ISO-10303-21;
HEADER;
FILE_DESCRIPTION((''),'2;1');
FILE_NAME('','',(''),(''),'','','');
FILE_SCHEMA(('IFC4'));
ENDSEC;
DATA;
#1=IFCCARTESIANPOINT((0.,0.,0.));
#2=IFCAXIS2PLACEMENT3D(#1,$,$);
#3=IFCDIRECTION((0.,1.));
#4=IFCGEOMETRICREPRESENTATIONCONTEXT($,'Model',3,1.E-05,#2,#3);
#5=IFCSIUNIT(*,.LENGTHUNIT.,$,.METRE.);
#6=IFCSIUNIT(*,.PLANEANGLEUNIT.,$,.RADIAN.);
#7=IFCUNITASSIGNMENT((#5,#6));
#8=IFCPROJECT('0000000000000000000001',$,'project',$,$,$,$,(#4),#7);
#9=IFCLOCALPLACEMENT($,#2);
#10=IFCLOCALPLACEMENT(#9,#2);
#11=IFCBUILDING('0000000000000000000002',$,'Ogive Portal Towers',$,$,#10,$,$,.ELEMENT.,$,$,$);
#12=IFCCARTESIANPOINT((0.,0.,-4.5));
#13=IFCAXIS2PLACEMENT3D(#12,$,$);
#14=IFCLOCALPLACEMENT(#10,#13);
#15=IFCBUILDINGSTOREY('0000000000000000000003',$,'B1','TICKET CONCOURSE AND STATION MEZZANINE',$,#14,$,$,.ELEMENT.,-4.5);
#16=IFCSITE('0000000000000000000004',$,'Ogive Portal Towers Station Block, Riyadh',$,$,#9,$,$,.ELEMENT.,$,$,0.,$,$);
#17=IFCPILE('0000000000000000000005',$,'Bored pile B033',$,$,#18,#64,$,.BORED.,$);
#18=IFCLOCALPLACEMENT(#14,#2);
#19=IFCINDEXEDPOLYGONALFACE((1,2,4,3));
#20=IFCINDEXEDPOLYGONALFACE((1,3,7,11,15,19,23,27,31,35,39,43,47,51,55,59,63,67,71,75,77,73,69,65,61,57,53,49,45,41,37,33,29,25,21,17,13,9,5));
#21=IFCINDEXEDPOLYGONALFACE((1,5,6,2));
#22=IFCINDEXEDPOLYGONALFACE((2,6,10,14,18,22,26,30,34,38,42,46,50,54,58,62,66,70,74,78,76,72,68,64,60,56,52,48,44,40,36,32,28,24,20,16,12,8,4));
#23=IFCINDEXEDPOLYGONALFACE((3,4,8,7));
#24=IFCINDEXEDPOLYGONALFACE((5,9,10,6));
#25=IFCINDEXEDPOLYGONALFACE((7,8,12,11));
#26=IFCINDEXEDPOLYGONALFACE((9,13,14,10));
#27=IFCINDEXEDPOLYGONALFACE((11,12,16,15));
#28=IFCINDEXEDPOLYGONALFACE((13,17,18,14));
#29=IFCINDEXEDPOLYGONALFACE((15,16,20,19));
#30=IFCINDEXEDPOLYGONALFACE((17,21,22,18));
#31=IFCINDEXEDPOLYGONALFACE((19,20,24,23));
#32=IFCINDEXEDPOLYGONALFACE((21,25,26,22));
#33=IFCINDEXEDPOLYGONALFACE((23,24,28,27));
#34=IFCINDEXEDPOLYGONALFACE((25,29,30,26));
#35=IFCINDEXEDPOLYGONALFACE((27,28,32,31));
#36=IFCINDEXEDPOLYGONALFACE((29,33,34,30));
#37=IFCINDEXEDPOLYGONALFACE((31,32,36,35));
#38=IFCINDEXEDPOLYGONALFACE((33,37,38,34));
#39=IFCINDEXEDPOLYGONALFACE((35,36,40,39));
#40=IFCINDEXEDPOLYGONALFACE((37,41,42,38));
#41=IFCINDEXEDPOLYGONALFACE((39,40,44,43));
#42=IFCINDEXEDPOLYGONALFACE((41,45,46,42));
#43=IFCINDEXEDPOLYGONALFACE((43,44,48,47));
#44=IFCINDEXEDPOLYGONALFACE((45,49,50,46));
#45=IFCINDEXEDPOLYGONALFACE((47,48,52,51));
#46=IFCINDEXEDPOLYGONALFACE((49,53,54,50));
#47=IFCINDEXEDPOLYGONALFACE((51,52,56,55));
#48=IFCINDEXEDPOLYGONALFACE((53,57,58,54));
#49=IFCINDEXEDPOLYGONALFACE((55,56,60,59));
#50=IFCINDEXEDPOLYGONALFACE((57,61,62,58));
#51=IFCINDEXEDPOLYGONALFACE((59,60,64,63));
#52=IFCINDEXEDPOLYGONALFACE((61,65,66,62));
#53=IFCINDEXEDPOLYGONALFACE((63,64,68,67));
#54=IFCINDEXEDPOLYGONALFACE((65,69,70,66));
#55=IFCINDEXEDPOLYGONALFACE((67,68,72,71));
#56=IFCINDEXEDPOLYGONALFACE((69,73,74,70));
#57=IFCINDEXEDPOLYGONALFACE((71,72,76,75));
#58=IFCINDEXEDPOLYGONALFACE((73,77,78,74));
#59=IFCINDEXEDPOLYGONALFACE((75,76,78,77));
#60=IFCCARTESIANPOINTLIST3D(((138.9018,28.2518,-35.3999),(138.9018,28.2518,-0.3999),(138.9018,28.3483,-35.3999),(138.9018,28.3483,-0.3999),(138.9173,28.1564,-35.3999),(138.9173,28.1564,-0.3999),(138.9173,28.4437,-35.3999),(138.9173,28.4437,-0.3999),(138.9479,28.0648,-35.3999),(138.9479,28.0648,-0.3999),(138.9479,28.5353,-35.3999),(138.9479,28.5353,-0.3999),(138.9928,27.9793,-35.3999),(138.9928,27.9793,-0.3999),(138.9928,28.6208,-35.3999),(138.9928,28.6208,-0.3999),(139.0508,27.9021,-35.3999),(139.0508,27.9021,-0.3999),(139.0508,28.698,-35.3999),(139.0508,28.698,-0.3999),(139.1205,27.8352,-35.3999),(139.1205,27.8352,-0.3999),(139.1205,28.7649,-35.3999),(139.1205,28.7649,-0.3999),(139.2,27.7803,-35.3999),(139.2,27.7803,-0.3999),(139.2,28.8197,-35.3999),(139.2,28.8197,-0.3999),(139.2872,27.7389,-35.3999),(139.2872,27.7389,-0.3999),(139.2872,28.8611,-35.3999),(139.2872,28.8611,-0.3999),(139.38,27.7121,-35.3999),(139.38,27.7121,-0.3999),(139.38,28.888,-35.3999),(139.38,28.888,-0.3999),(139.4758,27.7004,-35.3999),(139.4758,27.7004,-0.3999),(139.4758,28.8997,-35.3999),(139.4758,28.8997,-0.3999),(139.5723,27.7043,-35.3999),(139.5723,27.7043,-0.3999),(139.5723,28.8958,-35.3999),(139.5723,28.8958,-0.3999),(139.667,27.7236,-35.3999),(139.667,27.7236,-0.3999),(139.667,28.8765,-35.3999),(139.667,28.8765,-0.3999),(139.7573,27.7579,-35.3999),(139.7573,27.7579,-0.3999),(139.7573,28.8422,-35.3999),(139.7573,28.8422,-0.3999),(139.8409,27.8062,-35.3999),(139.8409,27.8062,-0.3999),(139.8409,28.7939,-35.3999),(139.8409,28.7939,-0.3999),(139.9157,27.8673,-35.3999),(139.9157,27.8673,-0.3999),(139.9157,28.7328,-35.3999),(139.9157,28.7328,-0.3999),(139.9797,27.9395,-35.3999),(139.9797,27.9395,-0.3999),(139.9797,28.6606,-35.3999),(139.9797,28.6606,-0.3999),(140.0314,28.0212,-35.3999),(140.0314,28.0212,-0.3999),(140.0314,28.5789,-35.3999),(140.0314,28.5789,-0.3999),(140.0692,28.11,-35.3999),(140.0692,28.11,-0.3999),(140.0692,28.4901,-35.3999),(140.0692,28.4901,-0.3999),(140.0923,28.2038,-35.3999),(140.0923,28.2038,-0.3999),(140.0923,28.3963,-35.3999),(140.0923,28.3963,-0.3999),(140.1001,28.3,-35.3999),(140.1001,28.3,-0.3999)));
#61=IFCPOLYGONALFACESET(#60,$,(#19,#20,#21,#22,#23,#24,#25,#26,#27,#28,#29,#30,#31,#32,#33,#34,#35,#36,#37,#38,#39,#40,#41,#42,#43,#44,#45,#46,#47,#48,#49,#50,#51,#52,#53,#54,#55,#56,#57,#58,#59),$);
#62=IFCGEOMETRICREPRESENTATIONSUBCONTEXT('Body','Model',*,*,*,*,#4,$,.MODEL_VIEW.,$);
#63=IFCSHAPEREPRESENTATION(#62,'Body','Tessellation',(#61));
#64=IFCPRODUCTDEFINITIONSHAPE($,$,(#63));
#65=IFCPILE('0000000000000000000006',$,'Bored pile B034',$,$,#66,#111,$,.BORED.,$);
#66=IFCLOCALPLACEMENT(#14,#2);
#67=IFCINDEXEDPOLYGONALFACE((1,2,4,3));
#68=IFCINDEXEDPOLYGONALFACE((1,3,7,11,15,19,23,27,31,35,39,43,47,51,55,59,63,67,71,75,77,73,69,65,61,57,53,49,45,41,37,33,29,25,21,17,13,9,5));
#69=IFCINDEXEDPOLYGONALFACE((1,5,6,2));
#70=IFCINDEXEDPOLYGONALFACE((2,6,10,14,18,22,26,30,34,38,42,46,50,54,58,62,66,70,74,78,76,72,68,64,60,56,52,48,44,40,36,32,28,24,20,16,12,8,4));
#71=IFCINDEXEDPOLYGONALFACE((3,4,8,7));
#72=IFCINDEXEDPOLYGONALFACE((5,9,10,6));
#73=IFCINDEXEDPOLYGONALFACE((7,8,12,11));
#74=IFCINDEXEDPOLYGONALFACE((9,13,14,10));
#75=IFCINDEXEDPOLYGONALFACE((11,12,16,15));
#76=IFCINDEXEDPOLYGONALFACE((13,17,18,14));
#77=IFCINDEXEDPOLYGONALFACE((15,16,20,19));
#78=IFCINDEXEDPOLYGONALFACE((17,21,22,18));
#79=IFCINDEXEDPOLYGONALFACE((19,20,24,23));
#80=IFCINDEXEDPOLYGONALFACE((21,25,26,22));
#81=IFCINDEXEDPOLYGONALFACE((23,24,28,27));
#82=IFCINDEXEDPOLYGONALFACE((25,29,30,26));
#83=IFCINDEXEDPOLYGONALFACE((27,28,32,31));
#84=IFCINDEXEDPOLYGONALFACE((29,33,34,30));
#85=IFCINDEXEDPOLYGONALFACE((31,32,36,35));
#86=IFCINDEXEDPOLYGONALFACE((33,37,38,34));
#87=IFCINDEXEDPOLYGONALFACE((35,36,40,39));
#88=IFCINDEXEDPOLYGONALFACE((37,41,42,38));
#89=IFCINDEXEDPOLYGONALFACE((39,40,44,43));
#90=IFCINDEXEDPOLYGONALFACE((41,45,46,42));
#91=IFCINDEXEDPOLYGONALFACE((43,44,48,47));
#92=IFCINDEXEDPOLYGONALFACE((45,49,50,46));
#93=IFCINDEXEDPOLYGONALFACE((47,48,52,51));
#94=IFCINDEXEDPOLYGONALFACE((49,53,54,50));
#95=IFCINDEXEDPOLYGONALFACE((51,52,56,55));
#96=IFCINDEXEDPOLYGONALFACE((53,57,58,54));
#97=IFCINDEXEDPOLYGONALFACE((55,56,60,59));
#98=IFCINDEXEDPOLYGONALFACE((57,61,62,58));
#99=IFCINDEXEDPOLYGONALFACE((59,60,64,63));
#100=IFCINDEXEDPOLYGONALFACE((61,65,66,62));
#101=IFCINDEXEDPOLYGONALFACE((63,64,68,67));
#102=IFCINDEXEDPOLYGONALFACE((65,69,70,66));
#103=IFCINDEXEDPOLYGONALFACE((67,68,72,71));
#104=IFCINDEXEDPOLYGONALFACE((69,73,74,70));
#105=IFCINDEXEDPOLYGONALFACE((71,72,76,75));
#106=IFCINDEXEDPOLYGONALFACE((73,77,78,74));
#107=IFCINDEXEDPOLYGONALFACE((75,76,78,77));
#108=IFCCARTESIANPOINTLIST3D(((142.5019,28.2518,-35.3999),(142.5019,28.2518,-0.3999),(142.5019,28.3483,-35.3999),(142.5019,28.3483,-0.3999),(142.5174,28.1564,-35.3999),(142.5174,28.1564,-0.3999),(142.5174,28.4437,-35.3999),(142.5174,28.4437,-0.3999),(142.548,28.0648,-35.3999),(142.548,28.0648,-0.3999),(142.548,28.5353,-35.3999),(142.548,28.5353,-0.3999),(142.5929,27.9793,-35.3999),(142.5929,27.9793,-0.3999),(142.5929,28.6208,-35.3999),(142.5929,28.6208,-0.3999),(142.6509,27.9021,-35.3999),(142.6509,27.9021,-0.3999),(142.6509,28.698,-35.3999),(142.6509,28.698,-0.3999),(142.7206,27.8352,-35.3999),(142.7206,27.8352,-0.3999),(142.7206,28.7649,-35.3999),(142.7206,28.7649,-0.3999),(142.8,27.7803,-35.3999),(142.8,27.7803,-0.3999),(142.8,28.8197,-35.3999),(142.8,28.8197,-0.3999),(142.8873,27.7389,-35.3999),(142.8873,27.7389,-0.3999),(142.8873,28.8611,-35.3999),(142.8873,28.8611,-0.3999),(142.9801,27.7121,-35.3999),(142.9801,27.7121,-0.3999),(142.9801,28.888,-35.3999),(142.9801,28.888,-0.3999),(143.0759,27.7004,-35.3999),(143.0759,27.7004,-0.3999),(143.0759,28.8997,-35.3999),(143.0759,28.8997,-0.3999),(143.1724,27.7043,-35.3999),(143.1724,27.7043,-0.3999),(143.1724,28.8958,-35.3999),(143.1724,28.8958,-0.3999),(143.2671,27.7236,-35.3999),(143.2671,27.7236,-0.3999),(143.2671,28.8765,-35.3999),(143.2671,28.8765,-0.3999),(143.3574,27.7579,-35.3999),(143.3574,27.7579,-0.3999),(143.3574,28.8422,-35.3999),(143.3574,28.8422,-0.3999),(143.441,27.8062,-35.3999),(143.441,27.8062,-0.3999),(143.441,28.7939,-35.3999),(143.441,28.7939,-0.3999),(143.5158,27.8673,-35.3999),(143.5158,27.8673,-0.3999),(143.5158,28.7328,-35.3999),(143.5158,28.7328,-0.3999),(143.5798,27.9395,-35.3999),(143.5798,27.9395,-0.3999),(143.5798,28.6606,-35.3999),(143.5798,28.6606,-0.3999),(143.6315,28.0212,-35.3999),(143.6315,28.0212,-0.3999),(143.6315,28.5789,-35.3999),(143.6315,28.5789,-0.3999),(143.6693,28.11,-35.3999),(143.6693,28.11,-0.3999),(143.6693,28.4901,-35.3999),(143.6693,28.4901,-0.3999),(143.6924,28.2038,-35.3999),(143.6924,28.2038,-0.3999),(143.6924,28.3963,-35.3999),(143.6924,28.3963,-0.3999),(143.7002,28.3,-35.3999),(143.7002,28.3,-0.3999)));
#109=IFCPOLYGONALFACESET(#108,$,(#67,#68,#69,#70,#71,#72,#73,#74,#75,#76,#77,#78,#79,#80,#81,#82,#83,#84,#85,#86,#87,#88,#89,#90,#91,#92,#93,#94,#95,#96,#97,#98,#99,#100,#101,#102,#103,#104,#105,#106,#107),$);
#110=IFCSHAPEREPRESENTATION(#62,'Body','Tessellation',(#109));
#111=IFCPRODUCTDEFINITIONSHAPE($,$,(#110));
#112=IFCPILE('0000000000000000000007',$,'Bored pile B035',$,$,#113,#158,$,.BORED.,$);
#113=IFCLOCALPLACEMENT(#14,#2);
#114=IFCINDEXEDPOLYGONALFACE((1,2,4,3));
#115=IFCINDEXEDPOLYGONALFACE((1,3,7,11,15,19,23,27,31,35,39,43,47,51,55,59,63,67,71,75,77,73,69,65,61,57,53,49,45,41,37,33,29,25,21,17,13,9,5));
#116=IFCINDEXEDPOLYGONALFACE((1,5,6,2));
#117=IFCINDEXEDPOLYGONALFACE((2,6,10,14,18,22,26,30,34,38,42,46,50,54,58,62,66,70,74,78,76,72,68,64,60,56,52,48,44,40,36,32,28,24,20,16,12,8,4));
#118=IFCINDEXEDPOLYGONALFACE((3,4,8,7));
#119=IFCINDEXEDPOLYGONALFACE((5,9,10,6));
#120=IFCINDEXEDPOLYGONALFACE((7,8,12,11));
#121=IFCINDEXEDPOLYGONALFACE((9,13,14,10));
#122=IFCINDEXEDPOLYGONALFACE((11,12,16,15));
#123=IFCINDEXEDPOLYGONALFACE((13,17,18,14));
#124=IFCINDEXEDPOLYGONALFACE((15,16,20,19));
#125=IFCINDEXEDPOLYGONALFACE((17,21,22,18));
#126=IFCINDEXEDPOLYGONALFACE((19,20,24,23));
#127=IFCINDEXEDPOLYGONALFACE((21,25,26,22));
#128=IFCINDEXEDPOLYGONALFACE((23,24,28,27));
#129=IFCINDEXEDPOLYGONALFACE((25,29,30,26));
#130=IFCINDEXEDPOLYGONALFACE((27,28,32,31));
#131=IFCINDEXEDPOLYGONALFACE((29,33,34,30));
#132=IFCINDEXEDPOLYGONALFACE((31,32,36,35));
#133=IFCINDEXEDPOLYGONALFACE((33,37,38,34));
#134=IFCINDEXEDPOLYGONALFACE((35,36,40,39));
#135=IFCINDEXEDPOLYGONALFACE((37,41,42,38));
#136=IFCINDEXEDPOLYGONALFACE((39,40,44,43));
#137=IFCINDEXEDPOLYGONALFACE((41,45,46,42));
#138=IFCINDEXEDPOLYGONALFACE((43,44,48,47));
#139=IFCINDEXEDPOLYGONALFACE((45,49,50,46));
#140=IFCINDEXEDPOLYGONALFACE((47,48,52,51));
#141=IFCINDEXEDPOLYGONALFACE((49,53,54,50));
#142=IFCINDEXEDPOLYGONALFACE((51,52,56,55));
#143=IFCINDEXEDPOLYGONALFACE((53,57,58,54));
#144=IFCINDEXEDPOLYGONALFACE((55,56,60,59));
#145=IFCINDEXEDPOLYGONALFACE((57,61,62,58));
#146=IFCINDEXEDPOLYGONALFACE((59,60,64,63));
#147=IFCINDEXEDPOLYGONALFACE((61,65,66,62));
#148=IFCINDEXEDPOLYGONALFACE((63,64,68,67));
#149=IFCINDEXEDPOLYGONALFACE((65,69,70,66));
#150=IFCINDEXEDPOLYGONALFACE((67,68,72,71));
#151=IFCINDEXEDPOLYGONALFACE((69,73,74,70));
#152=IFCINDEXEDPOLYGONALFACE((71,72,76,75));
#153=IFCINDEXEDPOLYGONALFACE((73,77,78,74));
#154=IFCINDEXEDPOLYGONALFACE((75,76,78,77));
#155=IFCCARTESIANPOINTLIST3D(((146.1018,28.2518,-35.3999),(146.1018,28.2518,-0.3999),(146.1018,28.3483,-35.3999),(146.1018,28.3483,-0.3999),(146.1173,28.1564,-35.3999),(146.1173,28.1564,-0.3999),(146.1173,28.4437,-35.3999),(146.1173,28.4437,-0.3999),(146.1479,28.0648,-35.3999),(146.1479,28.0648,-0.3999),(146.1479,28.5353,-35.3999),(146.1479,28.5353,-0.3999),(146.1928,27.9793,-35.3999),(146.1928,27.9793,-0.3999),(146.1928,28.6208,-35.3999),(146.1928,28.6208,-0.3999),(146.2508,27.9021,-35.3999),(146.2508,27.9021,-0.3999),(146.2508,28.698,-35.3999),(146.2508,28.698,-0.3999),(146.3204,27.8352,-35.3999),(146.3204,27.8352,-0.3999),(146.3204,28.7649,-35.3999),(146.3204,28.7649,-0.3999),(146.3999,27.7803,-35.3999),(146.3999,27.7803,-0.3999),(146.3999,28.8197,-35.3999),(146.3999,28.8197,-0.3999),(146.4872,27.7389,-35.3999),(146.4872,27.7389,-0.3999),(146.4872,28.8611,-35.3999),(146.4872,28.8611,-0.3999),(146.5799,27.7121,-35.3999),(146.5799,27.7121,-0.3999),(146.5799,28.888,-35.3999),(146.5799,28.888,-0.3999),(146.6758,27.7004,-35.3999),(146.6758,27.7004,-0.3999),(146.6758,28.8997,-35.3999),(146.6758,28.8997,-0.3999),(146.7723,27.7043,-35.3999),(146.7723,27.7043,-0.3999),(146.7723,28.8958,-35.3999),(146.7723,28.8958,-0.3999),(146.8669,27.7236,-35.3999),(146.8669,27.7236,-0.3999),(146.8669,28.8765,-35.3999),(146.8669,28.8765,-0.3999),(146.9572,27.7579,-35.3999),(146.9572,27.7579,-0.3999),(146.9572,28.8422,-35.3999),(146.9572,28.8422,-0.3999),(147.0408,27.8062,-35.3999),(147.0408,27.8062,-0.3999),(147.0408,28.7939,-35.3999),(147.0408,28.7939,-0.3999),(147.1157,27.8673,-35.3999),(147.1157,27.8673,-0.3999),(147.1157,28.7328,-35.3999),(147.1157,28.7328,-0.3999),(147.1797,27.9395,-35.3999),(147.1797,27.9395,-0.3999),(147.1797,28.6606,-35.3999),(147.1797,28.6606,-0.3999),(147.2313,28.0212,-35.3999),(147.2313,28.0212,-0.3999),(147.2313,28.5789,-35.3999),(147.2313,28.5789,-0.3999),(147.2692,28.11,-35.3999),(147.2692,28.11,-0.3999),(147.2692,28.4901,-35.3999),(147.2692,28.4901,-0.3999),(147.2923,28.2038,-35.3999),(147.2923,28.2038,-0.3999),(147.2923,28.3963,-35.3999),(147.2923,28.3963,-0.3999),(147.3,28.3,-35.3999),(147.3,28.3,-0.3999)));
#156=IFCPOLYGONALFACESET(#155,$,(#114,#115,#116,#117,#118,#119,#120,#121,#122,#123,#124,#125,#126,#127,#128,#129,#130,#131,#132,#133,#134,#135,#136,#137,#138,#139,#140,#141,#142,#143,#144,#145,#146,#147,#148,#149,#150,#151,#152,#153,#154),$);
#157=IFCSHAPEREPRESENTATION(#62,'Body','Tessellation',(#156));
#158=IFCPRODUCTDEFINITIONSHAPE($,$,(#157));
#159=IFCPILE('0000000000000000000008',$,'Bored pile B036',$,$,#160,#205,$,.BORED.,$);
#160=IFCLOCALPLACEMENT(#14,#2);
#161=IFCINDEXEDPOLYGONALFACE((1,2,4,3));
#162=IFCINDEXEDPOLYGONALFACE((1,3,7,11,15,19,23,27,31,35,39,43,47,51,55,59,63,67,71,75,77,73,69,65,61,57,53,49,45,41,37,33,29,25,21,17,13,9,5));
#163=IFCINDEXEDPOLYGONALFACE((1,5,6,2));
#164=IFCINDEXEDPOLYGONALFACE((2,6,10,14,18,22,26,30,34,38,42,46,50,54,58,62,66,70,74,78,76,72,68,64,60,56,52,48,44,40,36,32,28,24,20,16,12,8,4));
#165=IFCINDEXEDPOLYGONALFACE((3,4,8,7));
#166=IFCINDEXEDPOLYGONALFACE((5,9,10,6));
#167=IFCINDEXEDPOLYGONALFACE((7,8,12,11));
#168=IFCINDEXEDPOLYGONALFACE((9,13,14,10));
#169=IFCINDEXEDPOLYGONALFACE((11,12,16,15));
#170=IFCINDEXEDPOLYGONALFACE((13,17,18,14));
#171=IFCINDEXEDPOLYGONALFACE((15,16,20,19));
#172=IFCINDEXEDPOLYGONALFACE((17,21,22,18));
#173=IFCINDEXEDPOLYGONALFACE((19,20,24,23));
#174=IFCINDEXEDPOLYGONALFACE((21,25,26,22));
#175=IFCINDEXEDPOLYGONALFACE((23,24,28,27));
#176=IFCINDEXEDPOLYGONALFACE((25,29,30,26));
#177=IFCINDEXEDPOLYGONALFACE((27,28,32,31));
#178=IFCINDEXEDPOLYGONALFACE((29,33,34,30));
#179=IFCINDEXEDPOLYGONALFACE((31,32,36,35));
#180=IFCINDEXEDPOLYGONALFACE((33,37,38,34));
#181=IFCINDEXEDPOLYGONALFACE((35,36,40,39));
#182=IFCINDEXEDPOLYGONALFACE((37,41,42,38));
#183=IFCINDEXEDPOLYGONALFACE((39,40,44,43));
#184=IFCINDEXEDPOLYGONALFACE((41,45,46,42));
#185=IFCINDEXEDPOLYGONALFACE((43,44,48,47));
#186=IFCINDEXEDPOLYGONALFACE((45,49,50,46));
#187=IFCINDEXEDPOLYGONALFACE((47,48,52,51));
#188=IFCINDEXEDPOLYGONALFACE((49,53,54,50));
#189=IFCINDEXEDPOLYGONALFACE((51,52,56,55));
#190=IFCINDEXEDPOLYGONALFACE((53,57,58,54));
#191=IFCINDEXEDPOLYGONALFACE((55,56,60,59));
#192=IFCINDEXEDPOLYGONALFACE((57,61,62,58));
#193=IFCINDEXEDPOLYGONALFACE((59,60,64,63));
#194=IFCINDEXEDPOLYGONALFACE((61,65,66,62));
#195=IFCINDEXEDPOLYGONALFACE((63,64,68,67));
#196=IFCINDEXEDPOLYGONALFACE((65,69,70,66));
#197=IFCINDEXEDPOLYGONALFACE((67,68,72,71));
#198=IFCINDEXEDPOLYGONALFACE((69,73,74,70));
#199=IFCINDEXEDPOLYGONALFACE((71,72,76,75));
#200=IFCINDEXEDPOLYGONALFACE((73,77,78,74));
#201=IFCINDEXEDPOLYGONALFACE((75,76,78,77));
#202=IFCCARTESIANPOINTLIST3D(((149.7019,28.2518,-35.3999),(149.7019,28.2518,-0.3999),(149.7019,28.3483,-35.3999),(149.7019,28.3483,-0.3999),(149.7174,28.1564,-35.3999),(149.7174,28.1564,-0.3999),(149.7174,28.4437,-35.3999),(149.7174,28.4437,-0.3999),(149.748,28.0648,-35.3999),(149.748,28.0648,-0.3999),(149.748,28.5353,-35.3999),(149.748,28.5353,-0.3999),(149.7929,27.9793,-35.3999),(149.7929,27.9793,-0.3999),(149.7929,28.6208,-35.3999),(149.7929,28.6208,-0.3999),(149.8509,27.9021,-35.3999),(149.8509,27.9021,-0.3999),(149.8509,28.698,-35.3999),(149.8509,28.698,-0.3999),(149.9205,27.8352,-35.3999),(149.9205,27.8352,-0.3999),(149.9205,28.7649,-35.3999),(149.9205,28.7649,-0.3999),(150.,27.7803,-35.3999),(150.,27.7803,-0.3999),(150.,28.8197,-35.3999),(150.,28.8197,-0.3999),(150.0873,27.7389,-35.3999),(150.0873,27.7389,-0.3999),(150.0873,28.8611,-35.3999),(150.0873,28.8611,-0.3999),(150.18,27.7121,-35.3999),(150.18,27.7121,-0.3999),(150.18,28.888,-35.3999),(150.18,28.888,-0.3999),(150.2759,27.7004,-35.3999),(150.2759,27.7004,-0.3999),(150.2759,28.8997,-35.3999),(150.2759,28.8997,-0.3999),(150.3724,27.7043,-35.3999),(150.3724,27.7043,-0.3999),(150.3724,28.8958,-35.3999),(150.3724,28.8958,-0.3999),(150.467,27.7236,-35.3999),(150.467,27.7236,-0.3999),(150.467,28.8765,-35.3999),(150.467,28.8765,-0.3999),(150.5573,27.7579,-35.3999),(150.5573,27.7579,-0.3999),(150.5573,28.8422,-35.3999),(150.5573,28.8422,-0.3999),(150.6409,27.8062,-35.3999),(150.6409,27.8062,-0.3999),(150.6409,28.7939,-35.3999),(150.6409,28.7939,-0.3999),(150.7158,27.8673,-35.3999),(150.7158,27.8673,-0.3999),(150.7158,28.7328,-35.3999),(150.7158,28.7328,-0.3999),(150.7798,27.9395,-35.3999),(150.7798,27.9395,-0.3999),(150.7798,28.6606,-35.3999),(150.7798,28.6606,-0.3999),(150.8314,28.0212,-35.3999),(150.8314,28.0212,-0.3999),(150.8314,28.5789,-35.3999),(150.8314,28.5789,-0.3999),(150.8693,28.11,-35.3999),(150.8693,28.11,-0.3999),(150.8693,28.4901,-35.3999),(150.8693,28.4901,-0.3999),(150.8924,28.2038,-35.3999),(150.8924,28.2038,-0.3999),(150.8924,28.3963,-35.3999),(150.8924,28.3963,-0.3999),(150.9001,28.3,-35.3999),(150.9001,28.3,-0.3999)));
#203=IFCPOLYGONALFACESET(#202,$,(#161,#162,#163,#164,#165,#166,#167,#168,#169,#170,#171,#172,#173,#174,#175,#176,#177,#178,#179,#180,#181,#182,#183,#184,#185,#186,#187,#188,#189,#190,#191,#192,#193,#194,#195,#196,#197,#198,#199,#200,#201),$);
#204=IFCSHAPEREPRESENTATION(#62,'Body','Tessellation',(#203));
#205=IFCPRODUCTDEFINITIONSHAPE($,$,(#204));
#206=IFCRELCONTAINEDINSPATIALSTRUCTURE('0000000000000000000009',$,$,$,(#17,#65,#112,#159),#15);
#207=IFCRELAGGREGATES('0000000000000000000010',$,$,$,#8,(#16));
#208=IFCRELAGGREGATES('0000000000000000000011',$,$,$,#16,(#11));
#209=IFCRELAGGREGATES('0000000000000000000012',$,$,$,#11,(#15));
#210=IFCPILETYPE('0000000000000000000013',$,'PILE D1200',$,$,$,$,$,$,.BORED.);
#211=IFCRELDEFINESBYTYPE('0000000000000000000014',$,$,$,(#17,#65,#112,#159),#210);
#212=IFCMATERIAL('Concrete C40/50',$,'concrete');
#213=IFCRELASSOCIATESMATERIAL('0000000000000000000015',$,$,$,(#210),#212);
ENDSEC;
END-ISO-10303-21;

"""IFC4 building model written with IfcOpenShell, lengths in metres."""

from ifc_helpers import new_model, si_unit, direction, frame, origin, origin_2d, place, context, subcontext, project, spatial, circle, extrude, material, material_profile, profile_set, type_object, element, save


model = new_model("IFC4")

# Units and contexts
model_context = context("Model", 3, precision=1e-05, world=origin(), true_north=direction((0.0, 1.0)))
body_context = subcontext(model_context, "Body", "Model", "MODEL_VIEW")
ifc_project = project(units=[si_unit("LENGTHUNIT", "METRE"), si_unit("PLANEANGLEUNIT", "RADIAN")], contexts=[model_context])

# Site, building, storey
site_placement = place(None, origin())
site = spatial("IfcSite", under=ifc_project, at=site_placement, Name="Ogive Portal Towers Station Block, Riyadh", CompositionType="ELEMENT", RefElevation=0.0)
building_placement = place(site_placement, origin())
building = spatial("IfcBuilding", under=site, at=building_placement, Name="Ogive Portal Towers", CompositionType="ELEMENT")
storey_placement = place(building_placement, frame((0.0, 0.0, -4.5)))
storey = spatial("IfcBuildingStorey", under=building, at=storey_placement, Name="B1", Description="TICKET CONCOURSE AND STATION MEZZANINE", CompositionType="ELEMENT", Elevation=-4.5)

# Piles
ifc_material_1 = material(Name="Concrete C40/50", Category="concrete")
ifc_material_profile_1 = material_profile(ifc_material_1, circle(Radius=0.6001, at=origin_2d()), Name="PILE D1200")
ifc_profile_set_1 = profile_set([ifc_material_profile_1], Name="Concrete C40/50")
pile_type = type_object("IfcPileType", Name="PILE D1200", PredefinedType="BORED", material=ifc_profile_set_1)
for number, where, z_axis, x_axis, name in (
    (1, (139.5, 28.3, -0.3999), (0.0, 0.0, -1.0), (1.0, 0.0, 0.0), "Bored pile B033"),
    (2, (143.1001, 28.3, -0.3999), (0.0, 0.0, -1.0), (1.0, 0.0, 0.0), "Bored pile B034"),
    (3, (146.7, 28.3, -0.3999), (0.0, 0.0, -1.0), (1.0, 0.0, 0.0), "Bored pile B035"),
    (4, (150.3, 28.3, -0.3999), (0.0, 0.0, -1.0), (1.0, 0.0, 0.0), "Bored pile B036"),
):
    element("IfcPile", number, at=place(storey_placement, frame(where, z_axis=z_axis, x_axis=x_axis)), inside=storey, type_object=pile_type, Name=name, PredefinedType="BORED", context=body_context, shape_type="SweptSolid", body=[
        extrude(circle(Radius=0.6001, at=origin_2d()), origin(), (0.0, 0.0, 1.0), 35.0),
    ])

save(model, "model.ifc")
